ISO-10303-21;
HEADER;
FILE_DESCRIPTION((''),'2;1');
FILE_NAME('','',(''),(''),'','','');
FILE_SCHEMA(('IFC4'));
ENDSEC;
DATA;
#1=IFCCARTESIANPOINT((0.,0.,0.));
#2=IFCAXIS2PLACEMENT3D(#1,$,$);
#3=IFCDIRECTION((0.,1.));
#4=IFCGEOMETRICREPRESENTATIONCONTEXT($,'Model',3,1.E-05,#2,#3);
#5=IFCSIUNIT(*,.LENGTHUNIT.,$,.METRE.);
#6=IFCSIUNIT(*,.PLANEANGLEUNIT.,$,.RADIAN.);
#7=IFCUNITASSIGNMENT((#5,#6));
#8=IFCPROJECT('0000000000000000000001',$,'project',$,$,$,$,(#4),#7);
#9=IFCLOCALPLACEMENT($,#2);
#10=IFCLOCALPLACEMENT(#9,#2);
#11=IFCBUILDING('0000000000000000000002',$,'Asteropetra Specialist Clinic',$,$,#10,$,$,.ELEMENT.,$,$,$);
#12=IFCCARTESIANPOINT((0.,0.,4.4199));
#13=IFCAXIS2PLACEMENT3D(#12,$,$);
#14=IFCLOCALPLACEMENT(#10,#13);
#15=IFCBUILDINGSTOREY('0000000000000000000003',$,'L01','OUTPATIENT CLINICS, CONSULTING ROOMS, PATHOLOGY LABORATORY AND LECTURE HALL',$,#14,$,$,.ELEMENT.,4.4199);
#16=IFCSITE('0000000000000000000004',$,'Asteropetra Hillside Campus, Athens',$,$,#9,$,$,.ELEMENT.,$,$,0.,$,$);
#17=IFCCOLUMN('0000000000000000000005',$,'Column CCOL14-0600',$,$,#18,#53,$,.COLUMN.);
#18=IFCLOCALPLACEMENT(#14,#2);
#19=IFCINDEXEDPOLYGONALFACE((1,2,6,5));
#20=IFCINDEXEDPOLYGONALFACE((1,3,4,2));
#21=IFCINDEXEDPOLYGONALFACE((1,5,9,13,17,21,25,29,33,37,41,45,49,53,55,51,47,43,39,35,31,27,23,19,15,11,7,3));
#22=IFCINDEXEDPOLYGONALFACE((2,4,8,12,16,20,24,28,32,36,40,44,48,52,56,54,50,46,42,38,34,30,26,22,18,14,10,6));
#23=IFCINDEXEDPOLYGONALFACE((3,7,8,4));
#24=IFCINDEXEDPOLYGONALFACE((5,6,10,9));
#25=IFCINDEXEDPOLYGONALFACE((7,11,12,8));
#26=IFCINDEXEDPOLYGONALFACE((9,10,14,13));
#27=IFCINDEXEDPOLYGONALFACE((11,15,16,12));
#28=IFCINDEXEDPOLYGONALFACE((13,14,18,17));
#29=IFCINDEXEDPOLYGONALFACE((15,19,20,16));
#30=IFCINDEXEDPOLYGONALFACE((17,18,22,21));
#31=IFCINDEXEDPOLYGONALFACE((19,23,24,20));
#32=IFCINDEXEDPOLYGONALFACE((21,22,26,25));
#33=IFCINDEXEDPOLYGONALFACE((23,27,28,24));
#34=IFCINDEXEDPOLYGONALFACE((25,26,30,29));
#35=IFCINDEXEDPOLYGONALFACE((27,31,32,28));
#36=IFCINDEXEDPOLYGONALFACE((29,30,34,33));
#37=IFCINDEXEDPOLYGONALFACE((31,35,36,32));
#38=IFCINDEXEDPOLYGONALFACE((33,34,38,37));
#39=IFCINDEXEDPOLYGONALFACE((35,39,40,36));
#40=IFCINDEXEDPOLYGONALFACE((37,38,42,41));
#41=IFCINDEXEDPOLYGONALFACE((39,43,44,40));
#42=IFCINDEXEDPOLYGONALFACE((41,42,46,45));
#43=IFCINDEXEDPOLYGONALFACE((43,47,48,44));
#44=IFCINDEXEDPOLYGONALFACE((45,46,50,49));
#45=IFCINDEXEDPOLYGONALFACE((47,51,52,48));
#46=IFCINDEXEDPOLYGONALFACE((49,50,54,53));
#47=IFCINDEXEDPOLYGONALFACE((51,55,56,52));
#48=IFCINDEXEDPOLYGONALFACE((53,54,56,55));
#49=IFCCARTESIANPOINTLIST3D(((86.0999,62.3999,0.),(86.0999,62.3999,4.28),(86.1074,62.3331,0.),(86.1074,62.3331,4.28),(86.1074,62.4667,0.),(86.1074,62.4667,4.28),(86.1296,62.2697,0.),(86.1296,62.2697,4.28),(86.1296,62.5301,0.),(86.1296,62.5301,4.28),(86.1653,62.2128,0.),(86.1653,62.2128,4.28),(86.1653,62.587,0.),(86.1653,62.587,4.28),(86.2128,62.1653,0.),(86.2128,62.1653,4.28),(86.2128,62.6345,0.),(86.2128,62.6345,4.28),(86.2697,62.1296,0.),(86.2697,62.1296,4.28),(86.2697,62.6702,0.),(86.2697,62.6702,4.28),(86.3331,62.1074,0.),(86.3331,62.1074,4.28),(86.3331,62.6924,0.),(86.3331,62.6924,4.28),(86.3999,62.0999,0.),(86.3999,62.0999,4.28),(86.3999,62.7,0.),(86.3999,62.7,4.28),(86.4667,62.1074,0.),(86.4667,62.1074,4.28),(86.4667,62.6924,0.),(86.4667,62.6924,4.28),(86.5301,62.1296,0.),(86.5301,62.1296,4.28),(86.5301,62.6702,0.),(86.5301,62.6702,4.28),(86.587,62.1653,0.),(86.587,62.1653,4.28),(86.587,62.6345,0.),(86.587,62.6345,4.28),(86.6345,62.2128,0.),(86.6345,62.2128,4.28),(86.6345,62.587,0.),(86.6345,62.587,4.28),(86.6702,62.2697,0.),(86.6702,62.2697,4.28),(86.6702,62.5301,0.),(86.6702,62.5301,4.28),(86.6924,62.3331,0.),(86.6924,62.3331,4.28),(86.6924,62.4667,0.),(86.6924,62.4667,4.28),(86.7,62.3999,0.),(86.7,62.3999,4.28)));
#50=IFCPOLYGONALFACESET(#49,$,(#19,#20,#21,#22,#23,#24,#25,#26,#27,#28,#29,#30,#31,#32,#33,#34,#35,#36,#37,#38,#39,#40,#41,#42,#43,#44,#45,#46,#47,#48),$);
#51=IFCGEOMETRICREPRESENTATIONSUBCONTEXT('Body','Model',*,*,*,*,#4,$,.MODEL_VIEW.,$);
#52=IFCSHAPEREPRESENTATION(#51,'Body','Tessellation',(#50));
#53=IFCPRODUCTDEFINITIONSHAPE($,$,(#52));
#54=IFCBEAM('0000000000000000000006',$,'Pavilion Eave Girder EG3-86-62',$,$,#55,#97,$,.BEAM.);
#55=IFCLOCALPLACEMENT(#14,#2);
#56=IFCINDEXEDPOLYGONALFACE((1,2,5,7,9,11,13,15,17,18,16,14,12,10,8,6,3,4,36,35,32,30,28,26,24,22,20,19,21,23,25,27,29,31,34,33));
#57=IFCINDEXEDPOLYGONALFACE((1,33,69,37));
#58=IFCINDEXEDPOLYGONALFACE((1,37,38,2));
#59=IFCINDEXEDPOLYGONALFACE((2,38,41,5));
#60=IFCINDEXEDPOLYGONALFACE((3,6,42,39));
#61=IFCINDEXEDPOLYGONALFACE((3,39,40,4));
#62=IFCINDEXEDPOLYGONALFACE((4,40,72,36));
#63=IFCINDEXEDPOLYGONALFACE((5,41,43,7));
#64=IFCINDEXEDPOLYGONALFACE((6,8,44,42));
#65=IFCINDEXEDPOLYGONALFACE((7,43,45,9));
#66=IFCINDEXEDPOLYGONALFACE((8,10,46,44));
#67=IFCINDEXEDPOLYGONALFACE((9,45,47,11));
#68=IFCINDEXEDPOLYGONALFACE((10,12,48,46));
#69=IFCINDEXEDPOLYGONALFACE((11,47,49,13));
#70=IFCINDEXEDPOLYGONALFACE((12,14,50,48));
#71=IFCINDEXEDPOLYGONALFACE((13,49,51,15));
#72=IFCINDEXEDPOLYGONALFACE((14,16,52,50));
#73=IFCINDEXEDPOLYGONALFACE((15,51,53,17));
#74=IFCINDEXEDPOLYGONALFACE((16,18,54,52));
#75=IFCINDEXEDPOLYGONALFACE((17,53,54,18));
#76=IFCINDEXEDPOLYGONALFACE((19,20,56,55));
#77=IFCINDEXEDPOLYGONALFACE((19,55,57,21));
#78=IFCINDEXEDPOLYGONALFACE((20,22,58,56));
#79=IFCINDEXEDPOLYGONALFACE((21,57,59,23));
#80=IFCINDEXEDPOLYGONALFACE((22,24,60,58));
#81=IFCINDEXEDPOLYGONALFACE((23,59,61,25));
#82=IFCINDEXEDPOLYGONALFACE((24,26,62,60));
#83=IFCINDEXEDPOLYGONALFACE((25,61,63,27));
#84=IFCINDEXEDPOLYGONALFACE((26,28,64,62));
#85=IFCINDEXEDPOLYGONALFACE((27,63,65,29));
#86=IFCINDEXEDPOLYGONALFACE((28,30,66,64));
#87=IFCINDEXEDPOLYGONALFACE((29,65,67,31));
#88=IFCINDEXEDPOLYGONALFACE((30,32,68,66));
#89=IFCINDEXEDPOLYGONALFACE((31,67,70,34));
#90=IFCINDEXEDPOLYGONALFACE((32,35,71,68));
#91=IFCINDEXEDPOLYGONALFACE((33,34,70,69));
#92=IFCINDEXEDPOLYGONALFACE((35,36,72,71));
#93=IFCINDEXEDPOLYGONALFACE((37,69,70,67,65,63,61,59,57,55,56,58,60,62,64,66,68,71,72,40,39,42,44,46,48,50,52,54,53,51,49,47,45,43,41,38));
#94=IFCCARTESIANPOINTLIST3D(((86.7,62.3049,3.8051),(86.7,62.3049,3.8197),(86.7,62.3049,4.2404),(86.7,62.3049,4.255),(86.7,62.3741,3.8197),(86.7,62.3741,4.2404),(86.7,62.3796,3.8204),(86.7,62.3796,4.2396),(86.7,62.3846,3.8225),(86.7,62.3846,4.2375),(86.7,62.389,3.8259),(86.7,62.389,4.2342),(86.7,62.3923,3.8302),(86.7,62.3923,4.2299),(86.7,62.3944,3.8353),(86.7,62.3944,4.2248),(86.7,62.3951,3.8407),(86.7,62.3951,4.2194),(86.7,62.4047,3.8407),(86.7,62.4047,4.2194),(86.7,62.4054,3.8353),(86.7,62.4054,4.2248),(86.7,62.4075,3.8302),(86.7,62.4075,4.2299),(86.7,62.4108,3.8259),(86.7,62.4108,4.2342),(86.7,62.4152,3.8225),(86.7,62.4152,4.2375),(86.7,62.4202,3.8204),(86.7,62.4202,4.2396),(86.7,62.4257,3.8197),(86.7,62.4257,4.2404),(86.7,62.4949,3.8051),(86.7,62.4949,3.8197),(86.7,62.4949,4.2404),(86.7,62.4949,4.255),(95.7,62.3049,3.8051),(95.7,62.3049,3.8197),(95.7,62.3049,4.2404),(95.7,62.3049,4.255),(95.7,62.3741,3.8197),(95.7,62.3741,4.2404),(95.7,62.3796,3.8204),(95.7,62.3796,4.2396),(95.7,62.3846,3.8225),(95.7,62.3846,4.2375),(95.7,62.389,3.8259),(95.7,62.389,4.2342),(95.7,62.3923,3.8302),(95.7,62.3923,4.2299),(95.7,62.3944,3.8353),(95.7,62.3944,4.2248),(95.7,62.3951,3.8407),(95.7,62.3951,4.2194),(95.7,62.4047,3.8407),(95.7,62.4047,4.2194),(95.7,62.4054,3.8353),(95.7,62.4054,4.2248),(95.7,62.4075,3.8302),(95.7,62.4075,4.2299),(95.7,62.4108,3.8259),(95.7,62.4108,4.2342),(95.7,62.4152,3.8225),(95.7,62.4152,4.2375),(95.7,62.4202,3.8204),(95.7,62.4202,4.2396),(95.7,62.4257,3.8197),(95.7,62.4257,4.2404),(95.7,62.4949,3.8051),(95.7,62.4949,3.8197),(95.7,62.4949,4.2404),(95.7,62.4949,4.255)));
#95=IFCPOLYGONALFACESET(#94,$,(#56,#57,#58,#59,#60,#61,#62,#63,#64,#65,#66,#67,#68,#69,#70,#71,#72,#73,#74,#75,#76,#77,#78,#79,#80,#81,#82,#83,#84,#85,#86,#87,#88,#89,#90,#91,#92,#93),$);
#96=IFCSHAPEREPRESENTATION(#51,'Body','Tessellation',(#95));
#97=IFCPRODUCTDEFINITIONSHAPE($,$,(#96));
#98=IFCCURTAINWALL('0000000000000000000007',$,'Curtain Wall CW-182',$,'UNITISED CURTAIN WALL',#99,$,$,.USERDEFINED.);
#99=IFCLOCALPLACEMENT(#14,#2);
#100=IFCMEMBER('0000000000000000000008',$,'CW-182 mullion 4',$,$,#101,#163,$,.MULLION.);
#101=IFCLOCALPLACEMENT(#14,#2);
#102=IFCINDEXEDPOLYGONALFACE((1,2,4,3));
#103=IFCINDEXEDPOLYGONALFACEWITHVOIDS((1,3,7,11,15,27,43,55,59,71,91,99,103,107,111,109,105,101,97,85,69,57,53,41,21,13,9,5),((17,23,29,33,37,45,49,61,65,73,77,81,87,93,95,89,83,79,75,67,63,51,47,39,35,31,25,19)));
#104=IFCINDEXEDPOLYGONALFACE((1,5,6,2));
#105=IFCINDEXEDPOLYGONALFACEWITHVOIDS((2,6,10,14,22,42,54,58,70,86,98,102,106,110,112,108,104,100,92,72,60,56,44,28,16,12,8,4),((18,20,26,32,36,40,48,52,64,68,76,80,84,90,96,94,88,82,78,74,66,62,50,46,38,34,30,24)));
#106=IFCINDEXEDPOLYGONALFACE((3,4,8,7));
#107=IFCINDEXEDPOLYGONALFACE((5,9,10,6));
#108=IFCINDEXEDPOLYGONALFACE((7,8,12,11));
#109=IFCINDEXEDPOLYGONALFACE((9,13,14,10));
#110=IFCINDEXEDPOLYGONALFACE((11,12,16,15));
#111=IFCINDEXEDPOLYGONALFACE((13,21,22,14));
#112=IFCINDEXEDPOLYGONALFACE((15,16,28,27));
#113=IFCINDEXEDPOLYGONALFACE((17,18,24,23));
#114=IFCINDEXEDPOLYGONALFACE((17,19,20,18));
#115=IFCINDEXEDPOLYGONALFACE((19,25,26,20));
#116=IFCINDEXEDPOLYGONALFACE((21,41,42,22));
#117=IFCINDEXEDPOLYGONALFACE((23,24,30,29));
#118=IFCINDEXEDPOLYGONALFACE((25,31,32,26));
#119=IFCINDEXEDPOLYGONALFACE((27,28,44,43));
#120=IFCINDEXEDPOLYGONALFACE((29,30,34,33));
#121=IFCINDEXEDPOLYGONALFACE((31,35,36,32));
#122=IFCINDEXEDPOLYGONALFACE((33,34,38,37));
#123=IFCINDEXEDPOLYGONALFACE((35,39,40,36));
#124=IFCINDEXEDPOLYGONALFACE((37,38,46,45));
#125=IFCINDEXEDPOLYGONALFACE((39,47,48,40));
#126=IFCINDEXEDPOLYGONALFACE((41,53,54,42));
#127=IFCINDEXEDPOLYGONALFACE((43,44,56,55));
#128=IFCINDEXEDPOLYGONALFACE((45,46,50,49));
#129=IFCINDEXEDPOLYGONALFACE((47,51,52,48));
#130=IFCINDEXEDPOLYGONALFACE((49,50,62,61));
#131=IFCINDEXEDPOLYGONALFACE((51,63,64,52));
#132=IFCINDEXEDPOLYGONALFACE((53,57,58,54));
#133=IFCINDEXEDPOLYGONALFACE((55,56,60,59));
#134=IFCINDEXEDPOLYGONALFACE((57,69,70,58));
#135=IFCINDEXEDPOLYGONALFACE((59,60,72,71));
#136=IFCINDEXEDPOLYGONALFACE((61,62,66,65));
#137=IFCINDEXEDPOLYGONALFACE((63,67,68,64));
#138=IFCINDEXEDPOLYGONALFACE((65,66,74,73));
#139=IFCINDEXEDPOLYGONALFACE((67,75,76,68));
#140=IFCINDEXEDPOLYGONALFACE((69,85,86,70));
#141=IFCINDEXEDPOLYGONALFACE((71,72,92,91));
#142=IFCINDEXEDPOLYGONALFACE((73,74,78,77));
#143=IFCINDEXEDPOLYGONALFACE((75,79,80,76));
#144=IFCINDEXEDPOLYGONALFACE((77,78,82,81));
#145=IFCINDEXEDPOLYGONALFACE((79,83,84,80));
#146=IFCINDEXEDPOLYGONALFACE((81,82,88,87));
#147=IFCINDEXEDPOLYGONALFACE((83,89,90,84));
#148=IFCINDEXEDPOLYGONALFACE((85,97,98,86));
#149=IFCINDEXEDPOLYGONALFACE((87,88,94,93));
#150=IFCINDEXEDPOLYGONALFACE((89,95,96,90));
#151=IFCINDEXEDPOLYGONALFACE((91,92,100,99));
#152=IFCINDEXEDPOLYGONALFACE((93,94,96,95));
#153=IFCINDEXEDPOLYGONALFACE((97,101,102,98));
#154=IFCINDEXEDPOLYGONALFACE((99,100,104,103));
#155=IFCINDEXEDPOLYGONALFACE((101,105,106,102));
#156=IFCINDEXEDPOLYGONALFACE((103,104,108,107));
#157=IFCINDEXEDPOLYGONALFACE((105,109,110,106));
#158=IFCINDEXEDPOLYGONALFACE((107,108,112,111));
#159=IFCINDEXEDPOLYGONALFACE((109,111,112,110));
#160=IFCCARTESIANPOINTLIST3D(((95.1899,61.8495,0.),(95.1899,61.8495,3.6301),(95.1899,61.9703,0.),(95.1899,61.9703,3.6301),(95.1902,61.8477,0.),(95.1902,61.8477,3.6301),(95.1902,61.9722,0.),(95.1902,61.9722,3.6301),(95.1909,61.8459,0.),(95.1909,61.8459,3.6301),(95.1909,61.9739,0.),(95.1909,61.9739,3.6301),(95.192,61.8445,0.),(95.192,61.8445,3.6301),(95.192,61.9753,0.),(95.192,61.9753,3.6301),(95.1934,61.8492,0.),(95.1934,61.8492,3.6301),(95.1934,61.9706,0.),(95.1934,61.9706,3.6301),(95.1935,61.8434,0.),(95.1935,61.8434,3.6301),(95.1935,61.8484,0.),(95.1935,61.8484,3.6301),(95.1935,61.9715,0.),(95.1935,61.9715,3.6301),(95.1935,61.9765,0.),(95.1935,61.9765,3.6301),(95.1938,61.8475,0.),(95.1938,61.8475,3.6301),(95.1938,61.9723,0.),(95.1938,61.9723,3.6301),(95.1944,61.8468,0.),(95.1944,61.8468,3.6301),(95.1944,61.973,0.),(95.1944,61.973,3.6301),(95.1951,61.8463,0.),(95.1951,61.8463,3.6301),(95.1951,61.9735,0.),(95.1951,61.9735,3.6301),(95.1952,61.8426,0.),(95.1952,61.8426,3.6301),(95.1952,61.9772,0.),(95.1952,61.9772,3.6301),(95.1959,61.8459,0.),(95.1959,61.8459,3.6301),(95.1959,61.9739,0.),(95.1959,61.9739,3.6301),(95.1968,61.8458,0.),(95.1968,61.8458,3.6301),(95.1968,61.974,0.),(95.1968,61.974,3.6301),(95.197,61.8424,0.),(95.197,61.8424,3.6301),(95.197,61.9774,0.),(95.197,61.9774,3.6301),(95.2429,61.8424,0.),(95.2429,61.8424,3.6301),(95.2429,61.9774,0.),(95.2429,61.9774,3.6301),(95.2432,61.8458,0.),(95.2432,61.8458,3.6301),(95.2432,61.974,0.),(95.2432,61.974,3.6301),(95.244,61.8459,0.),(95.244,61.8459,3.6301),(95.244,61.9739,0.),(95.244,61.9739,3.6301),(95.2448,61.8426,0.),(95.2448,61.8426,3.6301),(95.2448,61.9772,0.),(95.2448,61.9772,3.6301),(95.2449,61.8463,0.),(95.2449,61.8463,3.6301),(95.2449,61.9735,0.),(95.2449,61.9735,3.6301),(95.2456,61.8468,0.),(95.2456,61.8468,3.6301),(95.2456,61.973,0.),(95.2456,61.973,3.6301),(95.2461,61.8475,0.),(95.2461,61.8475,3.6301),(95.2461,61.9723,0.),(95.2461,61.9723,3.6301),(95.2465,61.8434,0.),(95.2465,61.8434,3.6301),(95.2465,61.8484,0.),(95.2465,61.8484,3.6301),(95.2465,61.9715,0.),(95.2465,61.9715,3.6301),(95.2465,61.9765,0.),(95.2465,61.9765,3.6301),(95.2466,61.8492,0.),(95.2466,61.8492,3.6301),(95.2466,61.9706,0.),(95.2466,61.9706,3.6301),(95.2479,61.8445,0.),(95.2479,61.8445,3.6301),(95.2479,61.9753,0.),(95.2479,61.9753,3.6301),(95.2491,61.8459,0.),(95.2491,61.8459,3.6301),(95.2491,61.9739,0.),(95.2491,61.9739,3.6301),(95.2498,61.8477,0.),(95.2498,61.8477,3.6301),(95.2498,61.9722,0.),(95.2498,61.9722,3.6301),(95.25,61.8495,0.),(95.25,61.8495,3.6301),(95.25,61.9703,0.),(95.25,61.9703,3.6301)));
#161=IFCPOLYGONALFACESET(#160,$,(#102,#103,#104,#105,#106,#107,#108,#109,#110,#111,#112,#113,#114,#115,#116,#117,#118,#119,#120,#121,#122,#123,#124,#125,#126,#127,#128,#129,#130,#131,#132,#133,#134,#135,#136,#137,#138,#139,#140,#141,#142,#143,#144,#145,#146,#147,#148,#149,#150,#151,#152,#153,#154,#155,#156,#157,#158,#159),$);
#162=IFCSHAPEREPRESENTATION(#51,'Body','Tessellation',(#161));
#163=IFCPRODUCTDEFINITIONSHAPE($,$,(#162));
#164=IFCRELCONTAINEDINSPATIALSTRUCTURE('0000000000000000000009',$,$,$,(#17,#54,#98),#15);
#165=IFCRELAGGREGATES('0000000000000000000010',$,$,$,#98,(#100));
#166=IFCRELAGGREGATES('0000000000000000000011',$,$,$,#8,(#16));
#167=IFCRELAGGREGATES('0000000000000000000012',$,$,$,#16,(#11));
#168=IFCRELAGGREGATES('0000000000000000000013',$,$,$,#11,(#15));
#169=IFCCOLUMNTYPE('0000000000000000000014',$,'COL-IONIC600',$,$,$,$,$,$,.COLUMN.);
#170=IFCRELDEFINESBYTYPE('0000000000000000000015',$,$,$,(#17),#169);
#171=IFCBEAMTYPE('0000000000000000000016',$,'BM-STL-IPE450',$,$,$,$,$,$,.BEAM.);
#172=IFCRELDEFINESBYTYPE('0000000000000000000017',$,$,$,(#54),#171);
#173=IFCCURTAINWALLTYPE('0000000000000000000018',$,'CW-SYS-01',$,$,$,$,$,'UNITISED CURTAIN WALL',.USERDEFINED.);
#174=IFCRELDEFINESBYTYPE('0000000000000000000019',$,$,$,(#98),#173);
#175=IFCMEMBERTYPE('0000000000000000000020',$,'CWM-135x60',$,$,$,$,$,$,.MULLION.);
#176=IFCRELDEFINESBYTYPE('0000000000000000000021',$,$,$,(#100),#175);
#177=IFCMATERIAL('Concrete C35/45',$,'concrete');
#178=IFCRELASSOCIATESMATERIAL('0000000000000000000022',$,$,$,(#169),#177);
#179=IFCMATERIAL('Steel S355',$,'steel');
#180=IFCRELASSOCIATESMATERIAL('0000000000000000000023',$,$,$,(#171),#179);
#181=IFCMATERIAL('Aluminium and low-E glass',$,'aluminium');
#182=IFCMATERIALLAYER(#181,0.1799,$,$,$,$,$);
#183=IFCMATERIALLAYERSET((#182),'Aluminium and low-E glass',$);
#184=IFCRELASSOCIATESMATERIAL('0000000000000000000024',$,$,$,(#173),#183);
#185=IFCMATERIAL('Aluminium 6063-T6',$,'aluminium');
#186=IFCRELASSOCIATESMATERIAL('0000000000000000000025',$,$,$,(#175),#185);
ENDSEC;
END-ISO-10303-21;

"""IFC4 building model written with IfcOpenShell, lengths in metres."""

from ifc_helpers import new_model, si_unit, direction, frame, origin, origin_2d, place, context, subcontext, project, spatial, hollow_rectangle, circle, i_section, extrude, material, layer, layer_set, material_profile, profile_set, type_object, element, aggregate, save


model = new_model("IFC4")

# Units and contexts
model_context = context("Model", 3, precision=1e-05, world=origin(), true_north=direction((0.0, 1.0)))
body_context = subcontext(model_context, "Body", "Model", "MODEL_VIEW")
ifc_project = project(units=[si_unit("LENGTHUNIT", "METRE"), si_unit("PLANEANGLEUNIT", "RADIAN")], contexts=[model_context])

# Site, building, storey
site_placement = place(None, origin())
site = spatial("IfcSite", under=ifc_project, at=site_placement, Name="Asteropetra Hillside Campus, Athens", CompositionType="ELEMENT", RefElevation=0.0)
building_placement = place(site_placement, origin())
building = spatial("IfcBuilding", under=site, at=building_placement, Name="Asteropetra Specialist Clinic", CompositionType="ELEMENT")
storey_placement = place(building_placement, frame((0.0, 0.0, 4.4199)))
storey = spatial("IfcBuildingStorey", under=building, at=storey_placement, Name="L01", Description="OUTPATIENT CLINICS, CONSULTING ROOMS, PATHOLOGY LABORATORY AND LECTURE HALL", CompositionType="ELEMENT", Elevation=4.4199)

# Column
ifc_material_1 = material(Name="Concrete C35/45", Category="concrete")
ifc_material_profile_1 = material_profile(ifc_material_1, circle(Radius=0.3, at=origin_2d()), Name="RCC D600")
ifc_profile_set_1 = profile_set([ifc_material_profile_1], Name="Concrete C35/45")
column_type = type_object("IfcColumnType", Name="COL-IONIC600", PredefinedType="COLUMN", material=ifc_profile_set_1)
column_placement = place(storey_placement, frame((86.3999, 62.3999, 0.0), z_axis=(0.0, 0.0, 1.0), x_axis=(1.0, 0.0, 0.0)))
element("IfcColumn", 1, at=column_placement, inside=storey, type_object=column_type, Name="Column CCOL14-0600", PredefinedType="COLUMN", context=body_context, shape_type="SweptSolid", body=[
    extrude(circle(Radius=0.3, at=origin_2d()), origin(), (0.0, 0.0, 1.0), 4.28),
])

# Beam
ifc_material_2 = material(Name="Steel S355", Category="steel")
ifc_material_profile_2 = material_profile(ifc_material_2, i_section(OverallWidth=0.1899, OverallDepth=0.45, WebThickness=0.0095, FlangeThickness=0.0146, FilletRadius=0.021, at=origin_2d()), Name="IPE 450")
ifc_profile_set_2 = profile_set([ifc_material_profile_2], Name="Steel S355")
beam_type_1 = type_object("IfcBeamType", Name="BM-STL-IPE450", PredefinedType="BEAM", material=ifc_profile_set_2)
beam_1_placement = place(storey_placement, frame((86.7, 62.3999, 4.03), z_axis=(1.0, 0.0, 0.0), x_axis=(0.0, 1.0, 0.0)))
element("IfcBeam", 2, at=beam_1_placement, inside=storey, type_object=beam_type_1, Name="Pavilion Eave Girder EG3-86-62", PredefinedType="BEAM", context=body_context, shape_type="SweptSolid", body=[
    extrude(i_section(OverallWidth=0.1899, OverallDepth=0.45, WebThickness=0.0095, FlangeThickness=0.0146, FilletRadius=0.021, at=origin_2d()), origin(), (0.0, 0.0, 1.0), 9.0),
])

# Curtain wall, member
ifc_material_3 = material(Name="Aluminium and low-E glass", Category="aluminium")
ifc_layer_1 = layer(ifc_material_3, 0.1799)
ifc_layer_set_1 = layer_set([ifc_layer_1], Name="Aluminium and low-E glass")
curtain_wall_type_1 = type_object("IfcCurtainWallType", Name="CW-SYS-01", ElementType="UNITISED CURTAIN WALL", PredefinedType="USERDEFINED", material=ifc_layer_set_1)
curtain_wall_1_placement = place(storey_placement, origin())
curtain_wall_1 = element("IfcCurtainWall", 3, at=curtain_wall_1_placement, inside=storey, type_object=curtain_wall_type_1, Name="Curtain Wall CW-182", ObjectType="UNITISED CURTAIN WALL", PredefinedType="USERDEFINED")
ifc_material_4 = material(Name="Aluminium 6063-T6", Category="aluminium")
ifc_material_profile_3 = material_profile(ifc_material_4, hollow_rectangle(XDim=0.0601, YDim=0.135, WallThickness=0.0034, InnerFilletRadius=0.0034, OuterFilletRadius=0.0071, at=origin_2d()), Name="MUL 135x60x3.5")
ifc_profile_set_3 = profile_set([ifc_material_profile_3], Name="Aluminium 6063-T6")
member_type_1 = type_object("IfcMemberType", Name="CWM-135x60", PredefinedType="MULLION", material=ifc_profile_set_3)
member_1_placement = place(storey_placement, frame((95.22, 61.9099, 0.0), z_axis=(0.0, 0.0, 1.0), x_axis=(-1.0, 0.0, 0.0)))
member_1 = element("IfcMember", 4, at=member_1_placement, type_object=member_type_1, Name="CW-182 mullion 4", PredefinedType="MULLION", context=body_context, shape_type="SweptSolid", body=[
    extrude(hollow_rectangle(XDim=0.0601, YDim=0.135, WallThickness=0.0034, InnerFilletRadius=0.0034, OuterFilletRadius=0.0071, at=origin_2d()), origin(), (0.0, 0.0, 1.0), 3.6301),
])
aggregate(curtain_wall_1, [member_1])

save(model, "model.ifc")
